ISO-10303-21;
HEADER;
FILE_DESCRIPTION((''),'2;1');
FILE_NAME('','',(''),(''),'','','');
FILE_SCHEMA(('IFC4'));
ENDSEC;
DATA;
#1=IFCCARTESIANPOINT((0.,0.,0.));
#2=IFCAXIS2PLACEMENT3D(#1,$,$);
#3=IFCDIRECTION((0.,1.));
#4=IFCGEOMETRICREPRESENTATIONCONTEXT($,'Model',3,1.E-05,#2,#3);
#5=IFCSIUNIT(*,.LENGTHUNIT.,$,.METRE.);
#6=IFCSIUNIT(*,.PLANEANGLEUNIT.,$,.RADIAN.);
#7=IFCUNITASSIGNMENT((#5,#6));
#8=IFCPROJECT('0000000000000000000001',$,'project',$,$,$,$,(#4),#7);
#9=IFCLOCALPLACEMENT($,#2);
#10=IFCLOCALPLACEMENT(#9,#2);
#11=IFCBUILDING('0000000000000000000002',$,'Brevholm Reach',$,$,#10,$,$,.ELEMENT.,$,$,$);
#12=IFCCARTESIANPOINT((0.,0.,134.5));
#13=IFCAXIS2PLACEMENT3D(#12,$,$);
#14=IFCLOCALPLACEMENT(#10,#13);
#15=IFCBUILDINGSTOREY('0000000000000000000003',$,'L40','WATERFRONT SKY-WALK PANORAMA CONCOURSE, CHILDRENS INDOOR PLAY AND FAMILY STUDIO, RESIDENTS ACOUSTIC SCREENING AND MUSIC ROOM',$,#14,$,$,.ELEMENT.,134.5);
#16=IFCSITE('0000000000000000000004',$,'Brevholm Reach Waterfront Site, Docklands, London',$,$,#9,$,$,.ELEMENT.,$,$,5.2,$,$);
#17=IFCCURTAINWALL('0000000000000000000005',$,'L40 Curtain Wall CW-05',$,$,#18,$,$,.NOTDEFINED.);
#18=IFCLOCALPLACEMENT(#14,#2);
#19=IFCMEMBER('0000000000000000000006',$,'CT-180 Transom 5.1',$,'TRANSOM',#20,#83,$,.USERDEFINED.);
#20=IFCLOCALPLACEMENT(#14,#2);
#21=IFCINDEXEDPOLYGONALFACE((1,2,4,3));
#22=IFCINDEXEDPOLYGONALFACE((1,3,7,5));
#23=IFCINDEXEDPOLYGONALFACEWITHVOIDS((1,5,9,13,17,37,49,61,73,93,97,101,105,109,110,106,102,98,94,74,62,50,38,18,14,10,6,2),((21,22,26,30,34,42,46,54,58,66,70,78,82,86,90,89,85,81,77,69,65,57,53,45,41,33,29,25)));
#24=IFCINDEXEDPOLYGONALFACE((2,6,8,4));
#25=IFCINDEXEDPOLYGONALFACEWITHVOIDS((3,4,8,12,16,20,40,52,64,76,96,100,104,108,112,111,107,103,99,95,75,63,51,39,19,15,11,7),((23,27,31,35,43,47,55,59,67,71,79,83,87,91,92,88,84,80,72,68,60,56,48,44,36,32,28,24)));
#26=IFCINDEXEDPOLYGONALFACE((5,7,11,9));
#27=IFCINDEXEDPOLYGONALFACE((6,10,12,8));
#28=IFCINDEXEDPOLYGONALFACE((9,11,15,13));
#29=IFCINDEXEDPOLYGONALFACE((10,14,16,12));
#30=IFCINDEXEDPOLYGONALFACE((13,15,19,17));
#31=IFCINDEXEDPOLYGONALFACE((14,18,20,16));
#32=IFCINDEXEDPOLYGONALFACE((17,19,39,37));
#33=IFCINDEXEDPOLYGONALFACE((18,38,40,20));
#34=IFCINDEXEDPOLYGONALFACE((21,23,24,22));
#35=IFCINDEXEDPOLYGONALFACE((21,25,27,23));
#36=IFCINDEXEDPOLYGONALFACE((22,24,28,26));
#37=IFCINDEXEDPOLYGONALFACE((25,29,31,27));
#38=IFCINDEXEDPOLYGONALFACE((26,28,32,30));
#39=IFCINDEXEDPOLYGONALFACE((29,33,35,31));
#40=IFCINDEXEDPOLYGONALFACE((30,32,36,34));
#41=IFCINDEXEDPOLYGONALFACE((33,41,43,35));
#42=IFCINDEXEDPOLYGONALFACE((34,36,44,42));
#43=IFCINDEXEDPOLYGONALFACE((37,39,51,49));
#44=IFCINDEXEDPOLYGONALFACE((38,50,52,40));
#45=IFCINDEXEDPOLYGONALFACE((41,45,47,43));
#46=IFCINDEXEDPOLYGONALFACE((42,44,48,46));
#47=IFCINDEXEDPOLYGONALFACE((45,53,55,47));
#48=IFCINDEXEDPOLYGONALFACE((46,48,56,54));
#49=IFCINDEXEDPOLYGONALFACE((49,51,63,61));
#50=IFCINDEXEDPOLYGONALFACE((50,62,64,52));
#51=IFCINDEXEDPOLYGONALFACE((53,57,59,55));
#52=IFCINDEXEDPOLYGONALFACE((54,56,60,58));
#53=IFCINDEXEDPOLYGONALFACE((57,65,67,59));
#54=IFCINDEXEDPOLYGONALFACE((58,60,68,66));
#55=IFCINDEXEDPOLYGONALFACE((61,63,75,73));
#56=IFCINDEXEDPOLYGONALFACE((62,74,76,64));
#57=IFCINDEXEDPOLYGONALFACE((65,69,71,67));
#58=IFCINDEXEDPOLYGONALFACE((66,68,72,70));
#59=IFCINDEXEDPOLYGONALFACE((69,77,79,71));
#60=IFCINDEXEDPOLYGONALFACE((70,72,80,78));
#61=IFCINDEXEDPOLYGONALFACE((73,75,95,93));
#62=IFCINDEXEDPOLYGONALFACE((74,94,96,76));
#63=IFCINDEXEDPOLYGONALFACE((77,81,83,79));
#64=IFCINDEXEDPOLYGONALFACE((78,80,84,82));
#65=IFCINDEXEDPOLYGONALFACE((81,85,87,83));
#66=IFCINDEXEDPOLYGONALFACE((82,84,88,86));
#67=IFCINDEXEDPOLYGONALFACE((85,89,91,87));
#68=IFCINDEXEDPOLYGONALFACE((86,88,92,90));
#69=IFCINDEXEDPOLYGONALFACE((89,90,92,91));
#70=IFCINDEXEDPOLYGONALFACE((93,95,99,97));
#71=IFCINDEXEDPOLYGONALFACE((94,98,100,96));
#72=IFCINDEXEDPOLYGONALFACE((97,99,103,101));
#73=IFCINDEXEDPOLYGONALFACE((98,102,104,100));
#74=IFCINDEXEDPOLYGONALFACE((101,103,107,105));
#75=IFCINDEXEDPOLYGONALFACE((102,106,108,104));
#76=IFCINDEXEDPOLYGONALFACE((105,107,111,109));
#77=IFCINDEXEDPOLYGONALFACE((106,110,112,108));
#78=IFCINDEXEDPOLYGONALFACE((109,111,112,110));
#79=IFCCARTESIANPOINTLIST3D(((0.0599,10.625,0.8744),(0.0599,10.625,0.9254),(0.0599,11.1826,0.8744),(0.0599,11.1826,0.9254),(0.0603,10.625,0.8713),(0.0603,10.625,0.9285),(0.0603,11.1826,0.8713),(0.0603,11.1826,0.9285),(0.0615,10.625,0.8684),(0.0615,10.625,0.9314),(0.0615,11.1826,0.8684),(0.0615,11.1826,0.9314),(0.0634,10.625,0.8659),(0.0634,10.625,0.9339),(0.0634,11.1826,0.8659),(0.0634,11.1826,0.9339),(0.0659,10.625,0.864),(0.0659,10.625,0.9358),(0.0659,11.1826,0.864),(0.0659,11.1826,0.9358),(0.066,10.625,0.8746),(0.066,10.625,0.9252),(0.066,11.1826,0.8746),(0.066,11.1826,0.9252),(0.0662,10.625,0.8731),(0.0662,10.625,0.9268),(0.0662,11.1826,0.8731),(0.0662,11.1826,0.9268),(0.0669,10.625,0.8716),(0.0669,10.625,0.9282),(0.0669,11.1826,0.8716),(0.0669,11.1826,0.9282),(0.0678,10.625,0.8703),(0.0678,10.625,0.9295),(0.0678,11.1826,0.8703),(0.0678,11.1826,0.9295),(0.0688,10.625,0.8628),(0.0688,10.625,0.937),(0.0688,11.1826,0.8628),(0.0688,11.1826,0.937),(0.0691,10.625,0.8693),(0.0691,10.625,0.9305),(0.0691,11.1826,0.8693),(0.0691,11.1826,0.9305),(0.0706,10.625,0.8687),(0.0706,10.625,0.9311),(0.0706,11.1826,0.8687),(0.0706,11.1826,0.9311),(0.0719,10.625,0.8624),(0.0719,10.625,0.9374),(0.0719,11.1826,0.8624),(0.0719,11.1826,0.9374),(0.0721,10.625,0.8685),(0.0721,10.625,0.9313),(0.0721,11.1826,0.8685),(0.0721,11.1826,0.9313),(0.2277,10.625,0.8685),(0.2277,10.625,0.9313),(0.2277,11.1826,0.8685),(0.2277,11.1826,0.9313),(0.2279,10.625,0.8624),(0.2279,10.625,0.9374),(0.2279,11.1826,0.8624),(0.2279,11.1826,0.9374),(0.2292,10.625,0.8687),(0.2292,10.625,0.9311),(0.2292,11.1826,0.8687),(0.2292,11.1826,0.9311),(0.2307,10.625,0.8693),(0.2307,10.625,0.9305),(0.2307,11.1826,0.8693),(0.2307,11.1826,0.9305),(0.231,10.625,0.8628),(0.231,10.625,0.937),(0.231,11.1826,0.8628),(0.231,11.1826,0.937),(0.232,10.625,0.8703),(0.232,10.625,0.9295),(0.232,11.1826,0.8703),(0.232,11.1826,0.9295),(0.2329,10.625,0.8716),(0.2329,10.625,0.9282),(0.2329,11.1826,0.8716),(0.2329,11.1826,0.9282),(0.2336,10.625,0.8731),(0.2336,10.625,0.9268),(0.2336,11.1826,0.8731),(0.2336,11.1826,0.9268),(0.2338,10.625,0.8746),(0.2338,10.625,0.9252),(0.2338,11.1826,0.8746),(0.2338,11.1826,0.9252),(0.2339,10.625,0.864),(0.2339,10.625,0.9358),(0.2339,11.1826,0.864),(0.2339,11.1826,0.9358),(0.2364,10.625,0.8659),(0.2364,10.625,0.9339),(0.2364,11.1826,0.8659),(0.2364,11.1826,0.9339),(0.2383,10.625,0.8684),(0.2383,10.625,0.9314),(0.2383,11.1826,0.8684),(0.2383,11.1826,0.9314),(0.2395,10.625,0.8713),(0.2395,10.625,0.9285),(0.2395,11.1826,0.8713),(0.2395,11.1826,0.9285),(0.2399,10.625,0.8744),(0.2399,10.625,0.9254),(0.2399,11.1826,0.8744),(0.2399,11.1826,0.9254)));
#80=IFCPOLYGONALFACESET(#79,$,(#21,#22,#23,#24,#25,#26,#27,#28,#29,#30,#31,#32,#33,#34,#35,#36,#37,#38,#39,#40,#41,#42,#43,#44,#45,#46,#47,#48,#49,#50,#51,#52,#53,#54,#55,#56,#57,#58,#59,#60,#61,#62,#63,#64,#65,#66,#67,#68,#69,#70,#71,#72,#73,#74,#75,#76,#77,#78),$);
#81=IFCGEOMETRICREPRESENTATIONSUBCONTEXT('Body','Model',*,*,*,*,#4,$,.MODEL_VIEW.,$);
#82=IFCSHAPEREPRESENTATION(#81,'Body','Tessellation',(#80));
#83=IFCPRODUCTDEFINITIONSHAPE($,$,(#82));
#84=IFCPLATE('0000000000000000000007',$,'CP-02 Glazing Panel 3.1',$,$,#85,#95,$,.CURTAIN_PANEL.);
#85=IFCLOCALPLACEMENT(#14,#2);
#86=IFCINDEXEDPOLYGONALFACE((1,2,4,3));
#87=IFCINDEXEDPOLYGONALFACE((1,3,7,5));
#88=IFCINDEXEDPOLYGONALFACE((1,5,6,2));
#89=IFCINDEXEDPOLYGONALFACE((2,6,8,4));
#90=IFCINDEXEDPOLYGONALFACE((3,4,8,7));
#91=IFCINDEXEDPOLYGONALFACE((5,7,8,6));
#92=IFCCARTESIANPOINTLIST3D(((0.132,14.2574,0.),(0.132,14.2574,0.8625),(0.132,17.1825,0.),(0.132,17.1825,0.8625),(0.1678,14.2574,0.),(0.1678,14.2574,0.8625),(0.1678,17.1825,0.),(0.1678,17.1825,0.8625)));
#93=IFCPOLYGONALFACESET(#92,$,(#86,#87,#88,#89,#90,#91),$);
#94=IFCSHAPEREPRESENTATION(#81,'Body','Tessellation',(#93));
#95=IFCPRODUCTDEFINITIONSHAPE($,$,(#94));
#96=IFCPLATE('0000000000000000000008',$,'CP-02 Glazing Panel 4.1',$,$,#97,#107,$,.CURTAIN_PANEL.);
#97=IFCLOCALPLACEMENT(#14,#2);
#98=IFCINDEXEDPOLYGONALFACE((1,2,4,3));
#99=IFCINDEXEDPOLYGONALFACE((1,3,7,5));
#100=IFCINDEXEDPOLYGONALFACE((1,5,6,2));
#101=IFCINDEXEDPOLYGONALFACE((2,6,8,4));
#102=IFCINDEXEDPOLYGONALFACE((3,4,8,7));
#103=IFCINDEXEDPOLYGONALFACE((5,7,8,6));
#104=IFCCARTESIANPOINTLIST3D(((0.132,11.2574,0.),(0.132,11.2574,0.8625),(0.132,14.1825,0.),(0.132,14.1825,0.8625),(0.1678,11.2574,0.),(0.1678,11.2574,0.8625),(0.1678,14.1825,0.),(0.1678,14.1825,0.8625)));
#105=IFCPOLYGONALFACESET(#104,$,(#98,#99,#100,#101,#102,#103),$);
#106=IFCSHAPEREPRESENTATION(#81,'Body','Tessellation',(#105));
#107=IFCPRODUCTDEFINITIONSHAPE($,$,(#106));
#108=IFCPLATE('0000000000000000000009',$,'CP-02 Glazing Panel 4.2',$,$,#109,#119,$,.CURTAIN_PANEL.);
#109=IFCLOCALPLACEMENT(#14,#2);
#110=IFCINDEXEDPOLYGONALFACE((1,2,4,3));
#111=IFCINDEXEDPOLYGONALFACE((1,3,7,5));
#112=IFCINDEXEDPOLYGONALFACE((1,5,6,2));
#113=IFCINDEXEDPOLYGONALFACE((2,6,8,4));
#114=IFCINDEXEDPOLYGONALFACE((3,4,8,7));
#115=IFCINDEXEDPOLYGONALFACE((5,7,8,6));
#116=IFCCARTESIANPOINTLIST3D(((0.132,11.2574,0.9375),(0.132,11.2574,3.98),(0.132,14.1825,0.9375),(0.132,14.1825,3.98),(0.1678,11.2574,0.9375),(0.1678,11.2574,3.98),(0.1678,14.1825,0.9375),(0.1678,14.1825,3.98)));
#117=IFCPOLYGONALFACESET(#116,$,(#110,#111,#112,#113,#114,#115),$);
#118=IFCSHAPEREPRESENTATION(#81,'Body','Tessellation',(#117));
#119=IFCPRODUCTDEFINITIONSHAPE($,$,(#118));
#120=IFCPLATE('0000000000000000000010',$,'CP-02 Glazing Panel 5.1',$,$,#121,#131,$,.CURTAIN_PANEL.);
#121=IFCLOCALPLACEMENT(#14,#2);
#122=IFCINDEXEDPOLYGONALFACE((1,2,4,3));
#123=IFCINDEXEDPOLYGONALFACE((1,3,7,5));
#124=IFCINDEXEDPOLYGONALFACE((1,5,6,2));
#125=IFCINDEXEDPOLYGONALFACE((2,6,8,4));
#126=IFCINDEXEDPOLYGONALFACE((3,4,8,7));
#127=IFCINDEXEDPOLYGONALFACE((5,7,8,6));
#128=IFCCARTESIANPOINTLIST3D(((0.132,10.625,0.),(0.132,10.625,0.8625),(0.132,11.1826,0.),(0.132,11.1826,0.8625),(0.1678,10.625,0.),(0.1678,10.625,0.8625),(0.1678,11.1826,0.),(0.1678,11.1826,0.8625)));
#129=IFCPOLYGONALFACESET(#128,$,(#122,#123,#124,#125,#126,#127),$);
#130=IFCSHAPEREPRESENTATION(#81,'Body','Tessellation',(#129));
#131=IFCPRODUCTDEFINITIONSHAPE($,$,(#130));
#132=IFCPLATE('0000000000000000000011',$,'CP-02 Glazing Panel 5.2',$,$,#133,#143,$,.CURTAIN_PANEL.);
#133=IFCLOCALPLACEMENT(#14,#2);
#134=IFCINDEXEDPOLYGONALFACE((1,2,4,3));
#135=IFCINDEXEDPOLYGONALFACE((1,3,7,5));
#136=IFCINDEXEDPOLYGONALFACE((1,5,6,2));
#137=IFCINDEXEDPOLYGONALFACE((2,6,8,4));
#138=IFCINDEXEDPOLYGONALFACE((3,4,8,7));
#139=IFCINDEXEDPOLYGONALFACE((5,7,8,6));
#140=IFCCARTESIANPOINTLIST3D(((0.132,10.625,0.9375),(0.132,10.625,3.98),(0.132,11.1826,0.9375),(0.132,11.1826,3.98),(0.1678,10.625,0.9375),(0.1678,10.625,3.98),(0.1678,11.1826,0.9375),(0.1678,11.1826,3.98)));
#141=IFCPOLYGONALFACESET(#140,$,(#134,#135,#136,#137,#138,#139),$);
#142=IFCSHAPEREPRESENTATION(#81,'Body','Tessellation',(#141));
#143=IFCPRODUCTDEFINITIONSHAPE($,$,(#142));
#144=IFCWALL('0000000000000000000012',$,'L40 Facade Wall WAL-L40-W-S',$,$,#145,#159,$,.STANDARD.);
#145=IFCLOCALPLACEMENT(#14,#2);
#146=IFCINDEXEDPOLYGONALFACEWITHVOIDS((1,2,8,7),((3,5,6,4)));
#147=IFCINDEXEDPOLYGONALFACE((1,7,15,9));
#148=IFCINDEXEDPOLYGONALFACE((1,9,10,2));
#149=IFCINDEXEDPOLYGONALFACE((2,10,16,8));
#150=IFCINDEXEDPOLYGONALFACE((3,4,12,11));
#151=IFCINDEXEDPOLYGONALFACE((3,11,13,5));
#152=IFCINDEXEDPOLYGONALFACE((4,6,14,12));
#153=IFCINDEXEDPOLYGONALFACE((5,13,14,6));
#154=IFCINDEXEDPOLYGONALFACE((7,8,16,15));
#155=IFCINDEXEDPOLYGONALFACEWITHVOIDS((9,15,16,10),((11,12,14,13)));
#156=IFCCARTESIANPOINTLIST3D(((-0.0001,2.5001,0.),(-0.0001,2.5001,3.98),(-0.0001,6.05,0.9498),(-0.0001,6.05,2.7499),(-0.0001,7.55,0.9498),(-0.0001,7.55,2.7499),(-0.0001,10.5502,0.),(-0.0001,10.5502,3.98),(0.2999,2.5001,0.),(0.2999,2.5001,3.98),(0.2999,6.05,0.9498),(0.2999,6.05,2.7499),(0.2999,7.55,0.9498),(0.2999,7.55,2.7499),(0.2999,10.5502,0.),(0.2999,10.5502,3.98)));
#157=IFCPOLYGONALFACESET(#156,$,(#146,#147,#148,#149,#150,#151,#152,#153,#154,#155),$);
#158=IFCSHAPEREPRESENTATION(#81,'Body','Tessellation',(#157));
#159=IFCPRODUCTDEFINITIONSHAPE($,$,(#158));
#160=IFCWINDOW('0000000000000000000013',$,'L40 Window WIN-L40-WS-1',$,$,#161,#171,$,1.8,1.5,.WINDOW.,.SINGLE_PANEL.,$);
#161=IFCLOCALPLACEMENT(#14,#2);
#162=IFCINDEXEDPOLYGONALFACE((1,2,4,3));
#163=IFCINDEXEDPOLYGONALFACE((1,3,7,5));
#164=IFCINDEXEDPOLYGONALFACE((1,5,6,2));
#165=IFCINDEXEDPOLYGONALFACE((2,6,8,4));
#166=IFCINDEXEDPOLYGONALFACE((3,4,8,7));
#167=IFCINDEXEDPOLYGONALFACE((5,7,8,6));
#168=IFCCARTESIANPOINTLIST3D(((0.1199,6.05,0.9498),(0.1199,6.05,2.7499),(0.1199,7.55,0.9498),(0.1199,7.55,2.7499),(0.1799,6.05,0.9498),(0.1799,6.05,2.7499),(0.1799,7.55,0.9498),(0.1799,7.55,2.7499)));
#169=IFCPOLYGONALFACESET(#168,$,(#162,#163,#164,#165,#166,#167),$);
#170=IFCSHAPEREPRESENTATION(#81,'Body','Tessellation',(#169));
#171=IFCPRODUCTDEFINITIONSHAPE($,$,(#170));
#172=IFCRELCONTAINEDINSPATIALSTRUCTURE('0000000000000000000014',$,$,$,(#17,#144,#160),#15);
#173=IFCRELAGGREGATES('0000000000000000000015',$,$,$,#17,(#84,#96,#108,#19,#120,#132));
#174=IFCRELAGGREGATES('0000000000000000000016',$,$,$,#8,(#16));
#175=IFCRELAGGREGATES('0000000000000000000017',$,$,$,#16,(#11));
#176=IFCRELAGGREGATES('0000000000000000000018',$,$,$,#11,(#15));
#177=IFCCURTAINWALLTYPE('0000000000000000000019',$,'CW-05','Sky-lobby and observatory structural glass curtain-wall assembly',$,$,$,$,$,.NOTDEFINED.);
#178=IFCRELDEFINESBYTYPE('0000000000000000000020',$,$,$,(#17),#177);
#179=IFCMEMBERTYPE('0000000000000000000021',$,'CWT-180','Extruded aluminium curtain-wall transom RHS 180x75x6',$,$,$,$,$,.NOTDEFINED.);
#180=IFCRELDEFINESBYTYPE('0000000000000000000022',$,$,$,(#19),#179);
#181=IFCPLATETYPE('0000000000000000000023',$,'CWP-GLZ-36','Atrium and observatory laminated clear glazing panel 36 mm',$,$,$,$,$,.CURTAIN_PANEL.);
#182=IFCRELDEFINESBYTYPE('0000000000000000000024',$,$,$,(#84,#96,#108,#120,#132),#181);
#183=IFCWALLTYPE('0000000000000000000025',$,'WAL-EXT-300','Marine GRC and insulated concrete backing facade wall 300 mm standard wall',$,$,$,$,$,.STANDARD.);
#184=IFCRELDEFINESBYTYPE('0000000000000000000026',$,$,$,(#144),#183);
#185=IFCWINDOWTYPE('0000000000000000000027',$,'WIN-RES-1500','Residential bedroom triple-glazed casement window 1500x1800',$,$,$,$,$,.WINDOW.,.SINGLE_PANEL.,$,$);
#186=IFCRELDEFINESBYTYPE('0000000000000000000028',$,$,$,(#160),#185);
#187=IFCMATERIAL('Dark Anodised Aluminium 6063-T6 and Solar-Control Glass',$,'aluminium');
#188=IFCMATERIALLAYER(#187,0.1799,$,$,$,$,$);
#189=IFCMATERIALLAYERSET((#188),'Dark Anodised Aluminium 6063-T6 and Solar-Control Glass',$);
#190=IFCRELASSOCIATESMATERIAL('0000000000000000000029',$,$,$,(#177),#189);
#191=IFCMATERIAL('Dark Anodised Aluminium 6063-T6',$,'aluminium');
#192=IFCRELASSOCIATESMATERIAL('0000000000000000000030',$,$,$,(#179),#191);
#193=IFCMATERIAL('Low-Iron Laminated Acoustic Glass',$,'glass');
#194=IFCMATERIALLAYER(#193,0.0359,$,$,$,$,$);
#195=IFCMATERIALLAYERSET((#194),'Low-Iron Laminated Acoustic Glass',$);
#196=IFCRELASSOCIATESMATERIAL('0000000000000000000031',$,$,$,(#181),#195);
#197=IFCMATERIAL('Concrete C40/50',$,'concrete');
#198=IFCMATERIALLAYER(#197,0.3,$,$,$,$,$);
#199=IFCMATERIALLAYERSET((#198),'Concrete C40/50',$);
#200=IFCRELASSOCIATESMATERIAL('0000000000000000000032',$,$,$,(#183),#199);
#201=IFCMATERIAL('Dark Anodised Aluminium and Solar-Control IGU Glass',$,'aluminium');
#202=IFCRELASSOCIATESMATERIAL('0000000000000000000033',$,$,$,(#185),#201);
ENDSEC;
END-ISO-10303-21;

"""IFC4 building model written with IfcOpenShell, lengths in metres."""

from ifc_helpers import new_model, si_unit, direction, frame, frame_2d, origin, origin_2d, place, context, subcontext, project, spatial, rectangle, hollow_rectangle, extrude, material, layer, layer_set, material_profile, profile_set, type_object, element, fill, aggregate, save


model = new_model("IFC4")

# Units and contexts
model_context = context("Model", 3, precision=1e-05, world=origin(), true_north=direction((0.0, 1.0)))
body_context = subcontext(model_context, "Body", "Model", "MODEL_VIEW")
ifc_project = project(units=[si_unit("LENGTHUNIT", "METRE"), si_unit("PLANEANGLEUNIT", "RADIAN")], contexts=[model_context])

# Site, building, storey
site_placement = place(None, origin())
site = spatial("IfcSite", under=ifc_project, at=site_placement, Name="Brevholm Reach Waterfront Site, Docklands, London", CompositionType="ELEMENT", RefElevation=5.2)
building_placement = place(site_placement, origin())
building = spatial("IfcBuilding", under=site, at=building_placement, Name="Brevholm Reach", CompositionType="ELEMENT")
storey_placement = place(building_placement, frame((0.0, 0.0, 134.5)))
storey = spatial("IfcBuildingStorey", under=building, at=storey_placement, Name="L40", Description="WATERFRONT SKY-WALK PANORAMA CONCOURSE, CHILDRENS INDOOR PLAY AND FAMILY STUDIO, RESIDENTS ACOUSTIC SCREENING AND MUSIC ROOM", CompositionType="ELEMENT", Elevation=134.5)

# Curtain wall, member, plates
ifc_material_1 = material(Name="Dark Anodised Aluminium 6063-T6 and Solar-Control Glass", Category="aluminium")
ifc_layer_1 = layer(ifc_material_1, 0.1799)
ifc_layer_set_1 = layer_set([ifc_layer_1], Name="Dark Anodised Aluminium 6063-T6 and Solar-Control Glass")
curtain_wall_type = type_object("IfcCurtainWallType", Name="CW-05", Description="Sky-lobby and observatory structural glass curtain-wall assembly", PredefinedType="NOTDEFINED", material=ifc_layer_set_1)
curtain_wall_placement = place(storey_placement, origin())
curtain_wall = element("IfcCurtainWall", 1, at=curtain_wall_placement, inside=storey, type_object=curtain_wall_type, Name="L40 Curtain Wall CW-05", PredefinedType="NOTDEFINED")
ifc_material_2 = material(Name="Dark Anodised Aluminium 6063-T6", Category="aluminium")
ifc_material_profile_1 = material_profile(ifc_material_2, hollow_rectangle(XDim=0.075, YDim=0.1799, WallThickness=0.0061, InnerFilletRadius=0.0061, OuterFilletRadius=0.012, at=origin_2d()), Name="RHS 180x75x6")
ifc_profile_set_1 = profile_set([ifc_material_profile_1], Name="Dark Anodised Aluminium 6063-T6")
member_type_1 = type_object("IfcMemberType", Name="CWT-180", Description="Extruded aluminium curtain-wall transom RHS 180x75x6", PredefinedType="NOTDEFINED", material=ifc_profile_set_1)
member_1_placement = place(storey_placement, frame((0.1499, 11.1826, 0.8999), z_axis=(0.0, -1.0, 0.0), x_axis=(0.0, 0.0, 1.0)))
member_1 = element("IfcMember", 2, at=member_1_placement, type_object=member_type_1, Name="CT-180 Transom 5.1", ObjectType="TRANSOM", PredefinedType="USERDEFINED", context=body_context, shape_type="SweptSolid", body=[
    extrude(hollow_rectangle(XDim=0.075, YDim=0.1799, WallThickness=0.0061, InnerFilletRadius=0.0061, OuterFilletRadius=0.012, at=origin_2d()), origin(), (0.0, 0.0, 1.0), 0.5576),
])
ifc_material_3 = material(Name="Low-Iron Laminated Acoustic Glass", Category="glass")
ifc_layer_2 = layer(ifc_material_3, 0.0359)
ifc_layer_set_2 = layer_set([ifc_layer_2], Name="Low-Iron Laminated Acoustic Glass")
plate_type = type_object("IfcPlateType", Name="CWP-GLZ-36", Description="Atrium and observatory laminated clear glazing panel 36 mm", PredefinedType="CURTAIN_PANEL", material=ifc_layer_set_2)
plate_1_placement = place(storey_placement, frame((0.1499, 15.72, 0.0), z_axis=(0.0, 0.0, 1.0), x_axis=(0.0, -1.0, 0.0)))
plate_1 = element("IfcPlate", 3, at=plate_1_placement, type_object=plate_type, Name="CP-02 Glazing Panel 3.1", PredefinedType="CURTAIN_PANEL", context=body_context, shape_type="SweptSolid", body=[
    extrude(rectangle(XDim=2.925, YDim=0.0359, at=origin_2d()), origin(), (0.0, 0.0, 1.0), 0.8625),
])
plate_2_placement = place(storey_placement, frame((0.1499, 12.72, 0.0), z_axis=(0.0, 0.0, 1.0), x_axis=(0.0, -1.0, 0.0)))
plate_2 = element("IfcPlate", 4, at=plate_2_placement, type_object=plate_type, Name="CP-02 Glazing Panel 4.1", PredefinedType="CURTAIN_PANEL", context=body_context, shape_type="SweptSolid", body=[
    extrude(rectangle(XDim=2.925, YDim=0.0359, at=origin_2d()), origin(), (0.0, 0.0, 1.0), 0.8625),
])
plate_3_placement = place(storey_placement, frame((0.1499, 12.72, 0.9375), z_axis=(0.0, 0.0, 1.0), x_axis=(0.0, -1.0, 0.0)))
plate_3 = element("IfcPlate", 5, at=plate_3_placement, type_object=plate_type, Name="CP-02 Glazing Panel 4.2", PredefinedType="CURTAIN_PANEL", context=body_context, shape_type="SweptSolid", body=[
    extrude(rectangle(XDim=2.925, YDim=0.0359, at=origin_2d()), origin(), (0.0, 0.0, 1.0), 3.0425),
])
plate_4_placement = place(storey_placement, frame((0.1499, 10.9038, 0.0), z_axis=(0.0, 0.0, 1.0), x_axis=(0.0, -1.0, 0.0)))
plate_4 = element("IfcPlate", 6, at=plate_4_placement, type_object=plate_type, Name="CP-02 Glazing Panel 5.1", PredefinedType="CURTAIN_PANEL", context=body_context, shape_type="SweptSolid", body=[
    extrude(rectangle(XDim=0.5576, YDim=0.0359, at=origin_2d()), origin(), (0.0, 0.0, 1.0), 0.8625),
])
plate_5_placement = place(storey_placement, frame((0.1499, 10.9038, 0.9375), z_axis=(0.0, 0.0, 1.0), x_axis=(0.0, -1.0, 0.0)))
plate_5 = element("IfcPlate", 7, at=plate_5_placement, type_object=plate_type, Name="CP-02 Glazing Panel 5.2", PredefinedType="CURTAIN_PANEL", context=body_context, shape_type="SweptSolid", body=[
    extrude(rectangle(XDim=0.5576, YDim=0.0359, at=origin_2d()), origin(), (0.0, 0.0, 1.0), 3.0425),
])
aggregate(curtain_wall, [plate_1, plate_2, plate_3, member_1, plate_4, plate_5])

# Wall, opening, window
ifc_material_4 = material(Name="Concrete C40/50", Category="concrete")
ifc_layer_3 = layer(ifc_material_4, 0.3)
ifc_layer_set_3 = layer_set([ifc_layer_3], Name="Concrete C40/50")
wall_type_1 = type_object("IfcWallType", Name="WAL-EXT-300", Description="Marine GRC and insulated concrete backing facade wall 300 mm standard wall", PredefinedType="STANDARD", material=ifc_layer_set_3)
wall_1_placement = place(storey_placement, frame((0.1499, 10.55, 0.0), z_axis=(0.0, 0.0, 1.0), x_axis=(0.0, -1.0, 0.0)))
wall_1 = element("IfcWall", 8, at=wall_1_placement, inside=storey, type_object=wall_type_1, Name="L40 Facade Wall WAL-L40-W-S", PredefinedType="STANDARD", context=body_context, shape_type="SweptSolid", body=[
    extrude(rectangle(XDim=8.05, YDim=0.3, at=frame_2d((4.0249, 0.0))), origin(), (0.0, 0.0, 1.0), 3.98),
])
opening_1_placement = place(wall_1_placement, frame((3.0, 0.0, 0.95)))
opening_1 = element("IfcOpeningElement", 9, at=opening_1_placement, cuts=wall_1, PredefinedType="OPENING", context=body_context, shape_type="SweptSolid", body=[
    extrude(rectangle(XDim=1.5, YDim=1.8, at=frame_2d((0.75, 0.8999))), frame((0.0, 0.1599, 0.0), z_axis=(0.0, -1.0, 0.0), x_axis=(1.0, 0.0, 0.0)), (0.0, 0.0, 1.0), 0.3201),
])
ifc_material_5 = material(Name="Dark Anodised Aluminium and Solar-Control IGU Glass", Category="aluminium")
window_type = type_object("IfcWindowType", Name="WIN-RES-1500", Description="Residential bedroom triple-glazed casement window 1500x1800", PartitioningType="SINGLE_PANEL", PredefinedType="WINDOW", material=ifc_material_5)
window_placement = place(opening_1_placement, origin())
window = element("IfcWindow", 10, at=window_placement, inside=storey, type_object=window_type, Name="L40 Window WIN-L40-WS-1", OverallHeight=1.8, OverallWidth=1.5, PartitioningType="SINGLE_PANEL", PredefinedType="WINDOW", context=body_context, shape_type="SweptSolid", body=[
    extrude(rectangle(XDim=1.5, YDim=1.8, at=frame_2d((0.75, 0.8999))), frame((0.0, 0.03, 0.0), z_axis=(0.0, -1.0, 0.0), x_axis=(1.0, 0.0, 0.0)), (0.0, 0.0, 1.0), 0.0601),
])
fill(opening_1, window)

save(model, "model.ifc")
